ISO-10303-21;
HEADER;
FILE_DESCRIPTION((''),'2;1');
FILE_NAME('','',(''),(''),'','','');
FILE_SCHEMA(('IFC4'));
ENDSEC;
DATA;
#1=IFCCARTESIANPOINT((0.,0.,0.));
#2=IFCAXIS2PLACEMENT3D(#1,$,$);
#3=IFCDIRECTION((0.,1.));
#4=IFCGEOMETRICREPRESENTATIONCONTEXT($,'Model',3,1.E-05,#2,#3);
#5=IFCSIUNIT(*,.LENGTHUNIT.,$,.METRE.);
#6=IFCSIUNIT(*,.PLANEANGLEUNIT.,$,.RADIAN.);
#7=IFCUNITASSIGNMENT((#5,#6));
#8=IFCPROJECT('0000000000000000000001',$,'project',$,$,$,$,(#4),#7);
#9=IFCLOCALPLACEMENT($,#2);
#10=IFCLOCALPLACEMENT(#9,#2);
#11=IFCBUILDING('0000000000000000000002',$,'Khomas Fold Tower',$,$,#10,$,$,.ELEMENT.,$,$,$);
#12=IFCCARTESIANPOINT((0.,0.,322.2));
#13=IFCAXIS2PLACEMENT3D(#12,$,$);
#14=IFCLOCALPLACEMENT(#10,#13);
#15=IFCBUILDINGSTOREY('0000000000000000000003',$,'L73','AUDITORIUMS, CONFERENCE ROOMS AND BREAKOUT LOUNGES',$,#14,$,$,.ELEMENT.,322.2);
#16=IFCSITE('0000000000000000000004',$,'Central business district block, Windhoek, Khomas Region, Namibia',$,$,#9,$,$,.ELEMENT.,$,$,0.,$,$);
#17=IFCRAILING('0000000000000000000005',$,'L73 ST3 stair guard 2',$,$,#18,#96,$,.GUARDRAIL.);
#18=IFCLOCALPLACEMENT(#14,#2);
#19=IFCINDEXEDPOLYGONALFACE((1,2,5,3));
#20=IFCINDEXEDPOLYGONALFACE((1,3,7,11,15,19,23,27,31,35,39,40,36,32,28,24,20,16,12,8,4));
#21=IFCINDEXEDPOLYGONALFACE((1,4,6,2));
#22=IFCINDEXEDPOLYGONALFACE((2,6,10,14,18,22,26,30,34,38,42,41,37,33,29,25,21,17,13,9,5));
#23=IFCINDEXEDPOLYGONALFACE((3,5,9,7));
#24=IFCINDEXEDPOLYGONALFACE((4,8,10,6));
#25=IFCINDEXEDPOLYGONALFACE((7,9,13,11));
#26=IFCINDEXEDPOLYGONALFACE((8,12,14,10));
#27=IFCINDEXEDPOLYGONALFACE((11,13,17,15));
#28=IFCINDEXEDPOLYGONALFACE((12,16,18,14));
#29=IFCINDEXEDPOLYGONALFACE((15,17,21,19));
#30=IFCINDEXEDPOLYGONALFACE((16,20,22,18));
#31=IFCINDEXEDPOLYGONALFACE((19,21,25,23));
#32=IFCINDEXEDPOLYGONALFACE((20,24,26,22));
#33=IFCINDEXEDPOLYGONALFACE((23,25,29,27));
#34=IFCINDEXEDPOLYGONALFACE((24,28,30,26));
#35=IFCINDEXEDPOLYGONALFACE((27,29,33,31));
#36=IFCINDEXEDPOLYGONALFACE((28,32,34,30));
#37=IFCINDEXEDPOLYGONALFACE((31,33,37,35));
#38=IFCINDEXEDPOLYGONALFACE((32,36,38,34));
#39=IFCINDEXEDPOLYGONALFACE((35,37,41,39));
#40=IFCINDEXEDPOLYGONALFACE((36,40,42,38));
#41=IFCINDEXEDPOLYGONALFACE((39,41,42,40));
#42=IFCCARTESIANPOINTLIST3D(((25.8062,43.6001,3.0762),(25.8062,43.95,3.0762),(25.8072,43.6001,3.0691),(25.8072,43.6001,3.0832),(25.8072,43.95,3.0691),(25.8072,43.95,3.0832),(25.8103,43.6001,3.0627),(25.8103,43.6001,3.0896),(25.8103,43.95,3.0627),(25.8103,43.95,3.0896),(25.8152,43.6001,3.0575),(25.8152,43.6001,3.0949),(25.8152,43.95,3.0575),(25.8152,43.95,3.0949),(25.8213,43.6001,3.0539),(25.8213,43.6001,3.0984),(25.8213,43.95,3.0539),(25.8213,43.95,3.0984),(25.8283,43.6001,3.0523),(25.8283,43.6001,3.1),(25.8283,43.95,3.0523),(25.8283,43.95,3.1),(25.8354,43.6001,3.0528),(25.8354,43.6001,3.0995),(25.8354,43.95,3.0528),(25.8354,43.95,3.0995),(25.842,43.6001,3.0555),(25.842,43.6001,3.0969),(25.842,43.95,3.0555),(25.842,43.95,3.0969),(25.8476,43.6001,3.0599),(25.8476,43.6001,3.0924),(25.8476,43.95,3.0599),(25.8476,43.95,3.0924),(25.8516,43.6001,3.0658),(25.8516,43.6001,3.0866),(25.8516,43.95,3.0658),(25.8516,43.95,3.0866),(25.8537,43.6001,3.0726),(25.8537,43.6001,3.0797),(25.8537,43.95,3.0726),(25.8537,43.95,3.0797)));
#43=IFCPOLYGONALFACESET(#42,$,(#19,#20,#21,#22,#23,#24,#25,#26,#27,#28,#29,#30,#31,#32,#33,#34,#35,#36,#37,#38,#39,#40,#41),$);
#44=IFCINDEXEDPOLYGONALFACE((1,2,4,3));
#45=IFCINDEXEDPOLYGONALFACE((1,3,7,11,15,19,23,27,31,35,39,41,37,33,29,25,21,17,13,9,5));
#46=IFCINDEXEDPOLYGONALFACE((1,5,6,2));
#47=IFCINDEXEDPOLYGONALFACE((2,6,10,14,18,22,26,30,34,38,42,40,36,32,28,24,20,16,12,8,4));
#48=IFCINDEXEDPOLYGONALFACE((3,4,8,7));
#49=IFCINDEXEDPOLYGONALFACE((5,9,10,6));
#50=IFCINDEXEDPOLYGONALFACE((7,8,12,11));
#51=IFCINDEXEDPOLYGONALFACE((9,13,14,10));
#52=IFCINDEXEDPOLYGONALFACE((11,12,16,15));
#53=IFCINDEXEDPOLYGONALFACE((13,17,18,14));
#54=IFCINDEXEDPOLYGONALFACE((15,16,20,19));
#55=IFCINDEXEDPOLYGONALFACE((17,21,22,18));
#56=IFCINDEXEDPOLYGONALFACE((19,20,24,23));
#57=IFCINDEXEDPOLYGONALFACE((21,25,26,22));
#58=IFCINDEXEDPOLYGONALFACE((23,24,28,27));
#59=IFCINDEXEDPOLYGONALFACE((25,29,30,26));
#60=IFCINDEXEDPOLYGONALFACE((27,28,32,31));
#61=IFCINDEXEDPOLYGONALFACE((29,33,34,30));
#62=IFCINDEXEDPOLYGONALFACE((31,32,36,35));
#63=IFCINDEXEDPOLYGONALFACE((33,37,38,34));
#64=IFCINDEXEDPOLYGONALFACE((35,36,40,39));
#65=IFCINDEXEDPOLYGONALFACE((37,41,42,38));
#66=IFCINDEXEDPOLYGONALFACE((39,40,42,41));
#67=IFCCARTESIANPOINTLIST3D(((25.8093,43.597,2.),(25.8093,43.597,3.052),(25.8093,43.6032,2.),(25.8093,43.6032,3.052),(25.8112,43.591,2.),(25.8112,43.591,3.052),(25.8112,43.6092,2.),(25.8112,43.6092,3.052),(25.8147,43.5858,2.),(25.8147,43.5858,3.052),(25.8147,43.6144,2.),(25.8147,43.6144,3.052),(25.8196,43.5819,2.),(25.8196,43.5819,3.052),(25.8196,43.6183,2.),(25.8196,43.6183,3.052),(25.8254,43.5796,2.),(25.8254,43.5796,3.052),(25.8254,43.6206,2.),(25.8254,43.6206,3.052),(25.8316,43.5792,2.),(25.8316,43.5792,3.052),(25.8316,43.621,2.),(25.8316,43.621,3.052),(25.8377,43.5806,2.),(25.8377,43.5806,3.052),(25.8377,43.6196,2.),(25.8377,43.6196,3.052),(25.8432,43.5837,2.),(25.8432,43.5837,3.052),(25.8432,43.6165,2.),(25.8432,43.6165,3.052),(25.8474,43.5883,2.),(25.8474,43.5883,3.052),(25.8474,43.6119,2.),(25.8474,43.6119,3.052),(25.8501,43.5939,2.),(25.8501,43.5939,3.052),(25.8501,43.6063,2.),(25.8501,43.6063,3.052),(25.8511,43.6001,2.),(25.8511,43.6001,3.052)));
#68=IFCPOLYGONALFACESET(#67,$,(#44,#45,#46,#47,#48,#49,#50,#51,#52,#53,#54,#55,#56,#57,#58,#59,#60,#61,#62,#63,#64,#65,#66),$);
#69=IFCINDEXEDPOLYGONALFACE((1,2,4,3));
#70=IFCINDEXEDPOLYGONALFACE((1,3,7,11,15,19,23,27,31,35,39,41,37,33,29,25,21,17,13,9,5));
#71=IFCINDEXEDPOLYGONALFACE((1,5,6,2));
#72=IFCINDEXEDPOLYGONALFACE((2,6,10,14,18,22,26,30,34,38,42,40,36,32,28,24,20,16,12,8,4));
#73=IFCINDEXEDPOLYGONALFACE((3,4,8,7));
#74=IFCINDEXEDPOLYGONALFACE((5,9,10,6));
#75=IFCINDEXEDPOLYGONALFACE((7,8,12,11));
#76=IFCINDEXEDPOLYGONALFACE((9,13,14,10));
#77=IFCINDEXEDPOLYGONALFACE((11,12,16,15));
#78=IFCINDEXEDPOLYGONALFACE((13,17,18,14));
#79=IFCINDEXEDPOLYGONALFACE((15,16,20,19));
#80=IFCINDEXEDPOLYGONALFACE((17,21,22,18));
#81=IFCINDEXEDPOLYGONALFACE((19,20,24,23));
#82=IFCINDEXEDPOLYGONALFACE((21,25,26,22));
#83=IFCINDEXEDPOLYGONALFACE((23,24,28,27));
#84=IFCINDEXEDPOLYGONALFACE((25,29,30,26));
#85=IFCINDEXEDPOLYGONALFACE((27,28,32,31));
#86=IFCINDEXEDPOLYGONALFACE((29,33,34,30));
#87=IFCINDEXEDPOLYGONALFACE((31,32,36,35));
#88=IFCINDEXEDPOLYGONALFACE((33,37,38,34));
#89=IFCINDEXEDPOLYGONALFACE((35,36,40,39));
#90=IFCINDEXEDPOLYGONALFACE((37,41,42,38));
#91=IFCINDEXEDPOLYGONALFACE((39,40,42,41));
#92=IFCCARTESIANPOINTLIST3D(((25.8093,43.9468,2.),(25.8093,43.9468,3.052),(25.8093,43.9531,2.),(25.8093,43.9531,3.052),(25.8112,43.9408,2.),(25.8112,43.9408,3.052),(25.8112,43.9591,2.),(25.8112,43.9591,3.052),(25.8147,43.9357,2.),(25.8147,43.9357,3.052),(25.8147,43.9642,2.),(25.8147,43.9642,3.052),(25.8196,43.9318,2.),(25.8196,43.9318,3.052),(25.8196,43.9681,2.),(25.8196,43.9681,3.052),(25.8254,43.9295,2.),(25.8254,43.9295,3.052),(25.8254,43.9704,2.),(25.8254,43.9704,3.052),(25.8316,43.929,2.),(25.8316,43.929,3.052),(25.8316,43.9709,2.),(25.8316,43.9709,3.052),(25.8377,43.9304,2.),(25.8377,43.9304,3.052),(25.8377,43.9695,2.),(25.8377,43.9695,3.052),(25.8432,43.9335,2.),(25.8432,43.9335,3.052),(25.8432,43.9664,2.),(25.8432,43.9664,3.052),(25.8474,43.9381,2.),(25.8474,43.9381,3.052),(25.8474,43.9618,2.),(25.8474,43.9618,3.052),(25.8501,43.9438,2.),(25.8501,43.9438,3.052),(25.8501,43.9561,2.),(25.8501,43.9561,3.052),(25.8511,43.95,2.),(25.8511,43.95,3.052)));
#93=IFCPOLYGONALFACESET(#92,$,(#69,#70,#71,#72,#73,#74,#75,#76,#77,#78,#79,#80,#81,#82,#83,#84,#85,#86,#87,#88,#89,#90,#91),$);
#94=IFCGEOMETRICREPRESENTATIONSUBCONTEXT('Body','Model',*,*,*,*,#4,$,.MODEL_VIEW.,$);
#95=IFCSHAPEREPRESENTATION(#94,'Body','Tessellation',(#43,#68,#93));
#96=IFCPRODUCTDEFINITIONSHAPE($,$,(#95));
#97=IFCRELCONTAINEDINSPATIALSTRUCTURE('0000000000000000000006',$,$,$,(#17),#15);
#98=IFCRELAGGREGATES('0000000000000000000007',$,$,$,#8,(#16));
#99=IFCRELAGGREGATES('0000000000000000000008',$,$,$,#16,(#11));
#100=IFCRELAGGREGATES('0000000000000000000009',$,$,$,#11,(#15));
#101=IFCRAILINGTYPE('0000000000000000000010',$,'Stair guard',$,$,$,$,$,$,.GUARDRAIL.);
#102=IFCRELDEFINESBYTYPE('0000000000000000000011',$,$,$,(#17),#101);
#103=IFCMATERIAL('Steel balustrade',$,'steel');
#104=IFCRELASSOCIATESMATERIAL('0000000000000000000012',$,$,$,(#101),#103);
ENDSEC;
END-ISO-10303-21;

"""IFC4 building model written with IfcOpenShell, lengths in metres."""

from ifc_helpers import new_model, si_unit, direction, frame, origin, origin_2d, place, context, subcontext, project, spatial, circle, extrude, source, transform, mapped, material, type_object, element, save


model = new_model("IFC4")

# Units and contexts
model_context = context("Model", 3, precision=1e-05, world=origin(), true_north=direction((0.0, 1.0)))
body_context = subcontext(model_context, "Body", "Model", "MODEL_VIEW")
ifc_project = project(units=[si_unit("LENGTHUNIT", "METRE"), si_unit("PLANEANGLEUNIT", "RADIAN")], contexts=[model_context])

# Site, building, storey
site_placement = place(None, origin())
site = spatial("IfcSite", under=ifc_project, at=site_placement, Name="Central business district block, Windhoek, Khomas Region, Namibia", CompositionType="ELEMENT", RefElevation=0.0)
building_placement = place(site_placement, origin())
building = spatial("IfcBuilding", under=site, at=building_placement, Name="Khomas Fold Tower", CompositionType="ELEMENT")
storey_placement = place(building_placement, frame((0.0, 0.0, 322.2)))
storey = spatial("IfcBuildingStorey", under=building, at=storey_placement, Name="L73", Description="AUDITORIUMS, CONFERENCE ROOMS AND BREAKOUT LOUNGES", CompositionType="ELEMENT", Elevation=322.2)

# Railing
ifc_material_1 = material(Name="Steel balustrade", Category="steel")
railing_type_1 = type_object("IfcRailingType", Name="Stair guard", PredefinedType="GUARDRAIL", material=ifc_material_1)
shared_shape_1 = source(origin(), body_context, "Body", "SweptSolid", [
    extrude(circle(Radius=0.0239, at=origin_2d()), frame((0.0, 0.0, 1.0762), z_axis=(0.0, 1.0, 0.0), x_axis=(-1.0, 0.0, 0.0)), (0.0, 0.0, 1.0), 0.3499),
    extrude(circle(Radius=0.021, at=origin_2d()), origin(), (0.0, 0.0, 1.0), 1.052),
    extrude(circle(Radius=0.021, at=origin_2d()), frame((0.0, 0.3499, 0.0)), (0.0, 0.0, 1.0), 1.052),
])
railing_1_placement = place(storey_placement, frame((25.8301, 43.6001, 2.0)))
element("IfcRailing", 1, at=railing_1_placement, inside=storey, type_object=railing_type_1, Name="L73 ST3 stair guard 2", PredefinedType="GUARDRAIL", context=body_context, shape_type="MappedRepresentation", body=[
    mapped(shared_shape_1, transform((0.0, 0.0, 0.0))),
])

save(model, "model.ifc")
